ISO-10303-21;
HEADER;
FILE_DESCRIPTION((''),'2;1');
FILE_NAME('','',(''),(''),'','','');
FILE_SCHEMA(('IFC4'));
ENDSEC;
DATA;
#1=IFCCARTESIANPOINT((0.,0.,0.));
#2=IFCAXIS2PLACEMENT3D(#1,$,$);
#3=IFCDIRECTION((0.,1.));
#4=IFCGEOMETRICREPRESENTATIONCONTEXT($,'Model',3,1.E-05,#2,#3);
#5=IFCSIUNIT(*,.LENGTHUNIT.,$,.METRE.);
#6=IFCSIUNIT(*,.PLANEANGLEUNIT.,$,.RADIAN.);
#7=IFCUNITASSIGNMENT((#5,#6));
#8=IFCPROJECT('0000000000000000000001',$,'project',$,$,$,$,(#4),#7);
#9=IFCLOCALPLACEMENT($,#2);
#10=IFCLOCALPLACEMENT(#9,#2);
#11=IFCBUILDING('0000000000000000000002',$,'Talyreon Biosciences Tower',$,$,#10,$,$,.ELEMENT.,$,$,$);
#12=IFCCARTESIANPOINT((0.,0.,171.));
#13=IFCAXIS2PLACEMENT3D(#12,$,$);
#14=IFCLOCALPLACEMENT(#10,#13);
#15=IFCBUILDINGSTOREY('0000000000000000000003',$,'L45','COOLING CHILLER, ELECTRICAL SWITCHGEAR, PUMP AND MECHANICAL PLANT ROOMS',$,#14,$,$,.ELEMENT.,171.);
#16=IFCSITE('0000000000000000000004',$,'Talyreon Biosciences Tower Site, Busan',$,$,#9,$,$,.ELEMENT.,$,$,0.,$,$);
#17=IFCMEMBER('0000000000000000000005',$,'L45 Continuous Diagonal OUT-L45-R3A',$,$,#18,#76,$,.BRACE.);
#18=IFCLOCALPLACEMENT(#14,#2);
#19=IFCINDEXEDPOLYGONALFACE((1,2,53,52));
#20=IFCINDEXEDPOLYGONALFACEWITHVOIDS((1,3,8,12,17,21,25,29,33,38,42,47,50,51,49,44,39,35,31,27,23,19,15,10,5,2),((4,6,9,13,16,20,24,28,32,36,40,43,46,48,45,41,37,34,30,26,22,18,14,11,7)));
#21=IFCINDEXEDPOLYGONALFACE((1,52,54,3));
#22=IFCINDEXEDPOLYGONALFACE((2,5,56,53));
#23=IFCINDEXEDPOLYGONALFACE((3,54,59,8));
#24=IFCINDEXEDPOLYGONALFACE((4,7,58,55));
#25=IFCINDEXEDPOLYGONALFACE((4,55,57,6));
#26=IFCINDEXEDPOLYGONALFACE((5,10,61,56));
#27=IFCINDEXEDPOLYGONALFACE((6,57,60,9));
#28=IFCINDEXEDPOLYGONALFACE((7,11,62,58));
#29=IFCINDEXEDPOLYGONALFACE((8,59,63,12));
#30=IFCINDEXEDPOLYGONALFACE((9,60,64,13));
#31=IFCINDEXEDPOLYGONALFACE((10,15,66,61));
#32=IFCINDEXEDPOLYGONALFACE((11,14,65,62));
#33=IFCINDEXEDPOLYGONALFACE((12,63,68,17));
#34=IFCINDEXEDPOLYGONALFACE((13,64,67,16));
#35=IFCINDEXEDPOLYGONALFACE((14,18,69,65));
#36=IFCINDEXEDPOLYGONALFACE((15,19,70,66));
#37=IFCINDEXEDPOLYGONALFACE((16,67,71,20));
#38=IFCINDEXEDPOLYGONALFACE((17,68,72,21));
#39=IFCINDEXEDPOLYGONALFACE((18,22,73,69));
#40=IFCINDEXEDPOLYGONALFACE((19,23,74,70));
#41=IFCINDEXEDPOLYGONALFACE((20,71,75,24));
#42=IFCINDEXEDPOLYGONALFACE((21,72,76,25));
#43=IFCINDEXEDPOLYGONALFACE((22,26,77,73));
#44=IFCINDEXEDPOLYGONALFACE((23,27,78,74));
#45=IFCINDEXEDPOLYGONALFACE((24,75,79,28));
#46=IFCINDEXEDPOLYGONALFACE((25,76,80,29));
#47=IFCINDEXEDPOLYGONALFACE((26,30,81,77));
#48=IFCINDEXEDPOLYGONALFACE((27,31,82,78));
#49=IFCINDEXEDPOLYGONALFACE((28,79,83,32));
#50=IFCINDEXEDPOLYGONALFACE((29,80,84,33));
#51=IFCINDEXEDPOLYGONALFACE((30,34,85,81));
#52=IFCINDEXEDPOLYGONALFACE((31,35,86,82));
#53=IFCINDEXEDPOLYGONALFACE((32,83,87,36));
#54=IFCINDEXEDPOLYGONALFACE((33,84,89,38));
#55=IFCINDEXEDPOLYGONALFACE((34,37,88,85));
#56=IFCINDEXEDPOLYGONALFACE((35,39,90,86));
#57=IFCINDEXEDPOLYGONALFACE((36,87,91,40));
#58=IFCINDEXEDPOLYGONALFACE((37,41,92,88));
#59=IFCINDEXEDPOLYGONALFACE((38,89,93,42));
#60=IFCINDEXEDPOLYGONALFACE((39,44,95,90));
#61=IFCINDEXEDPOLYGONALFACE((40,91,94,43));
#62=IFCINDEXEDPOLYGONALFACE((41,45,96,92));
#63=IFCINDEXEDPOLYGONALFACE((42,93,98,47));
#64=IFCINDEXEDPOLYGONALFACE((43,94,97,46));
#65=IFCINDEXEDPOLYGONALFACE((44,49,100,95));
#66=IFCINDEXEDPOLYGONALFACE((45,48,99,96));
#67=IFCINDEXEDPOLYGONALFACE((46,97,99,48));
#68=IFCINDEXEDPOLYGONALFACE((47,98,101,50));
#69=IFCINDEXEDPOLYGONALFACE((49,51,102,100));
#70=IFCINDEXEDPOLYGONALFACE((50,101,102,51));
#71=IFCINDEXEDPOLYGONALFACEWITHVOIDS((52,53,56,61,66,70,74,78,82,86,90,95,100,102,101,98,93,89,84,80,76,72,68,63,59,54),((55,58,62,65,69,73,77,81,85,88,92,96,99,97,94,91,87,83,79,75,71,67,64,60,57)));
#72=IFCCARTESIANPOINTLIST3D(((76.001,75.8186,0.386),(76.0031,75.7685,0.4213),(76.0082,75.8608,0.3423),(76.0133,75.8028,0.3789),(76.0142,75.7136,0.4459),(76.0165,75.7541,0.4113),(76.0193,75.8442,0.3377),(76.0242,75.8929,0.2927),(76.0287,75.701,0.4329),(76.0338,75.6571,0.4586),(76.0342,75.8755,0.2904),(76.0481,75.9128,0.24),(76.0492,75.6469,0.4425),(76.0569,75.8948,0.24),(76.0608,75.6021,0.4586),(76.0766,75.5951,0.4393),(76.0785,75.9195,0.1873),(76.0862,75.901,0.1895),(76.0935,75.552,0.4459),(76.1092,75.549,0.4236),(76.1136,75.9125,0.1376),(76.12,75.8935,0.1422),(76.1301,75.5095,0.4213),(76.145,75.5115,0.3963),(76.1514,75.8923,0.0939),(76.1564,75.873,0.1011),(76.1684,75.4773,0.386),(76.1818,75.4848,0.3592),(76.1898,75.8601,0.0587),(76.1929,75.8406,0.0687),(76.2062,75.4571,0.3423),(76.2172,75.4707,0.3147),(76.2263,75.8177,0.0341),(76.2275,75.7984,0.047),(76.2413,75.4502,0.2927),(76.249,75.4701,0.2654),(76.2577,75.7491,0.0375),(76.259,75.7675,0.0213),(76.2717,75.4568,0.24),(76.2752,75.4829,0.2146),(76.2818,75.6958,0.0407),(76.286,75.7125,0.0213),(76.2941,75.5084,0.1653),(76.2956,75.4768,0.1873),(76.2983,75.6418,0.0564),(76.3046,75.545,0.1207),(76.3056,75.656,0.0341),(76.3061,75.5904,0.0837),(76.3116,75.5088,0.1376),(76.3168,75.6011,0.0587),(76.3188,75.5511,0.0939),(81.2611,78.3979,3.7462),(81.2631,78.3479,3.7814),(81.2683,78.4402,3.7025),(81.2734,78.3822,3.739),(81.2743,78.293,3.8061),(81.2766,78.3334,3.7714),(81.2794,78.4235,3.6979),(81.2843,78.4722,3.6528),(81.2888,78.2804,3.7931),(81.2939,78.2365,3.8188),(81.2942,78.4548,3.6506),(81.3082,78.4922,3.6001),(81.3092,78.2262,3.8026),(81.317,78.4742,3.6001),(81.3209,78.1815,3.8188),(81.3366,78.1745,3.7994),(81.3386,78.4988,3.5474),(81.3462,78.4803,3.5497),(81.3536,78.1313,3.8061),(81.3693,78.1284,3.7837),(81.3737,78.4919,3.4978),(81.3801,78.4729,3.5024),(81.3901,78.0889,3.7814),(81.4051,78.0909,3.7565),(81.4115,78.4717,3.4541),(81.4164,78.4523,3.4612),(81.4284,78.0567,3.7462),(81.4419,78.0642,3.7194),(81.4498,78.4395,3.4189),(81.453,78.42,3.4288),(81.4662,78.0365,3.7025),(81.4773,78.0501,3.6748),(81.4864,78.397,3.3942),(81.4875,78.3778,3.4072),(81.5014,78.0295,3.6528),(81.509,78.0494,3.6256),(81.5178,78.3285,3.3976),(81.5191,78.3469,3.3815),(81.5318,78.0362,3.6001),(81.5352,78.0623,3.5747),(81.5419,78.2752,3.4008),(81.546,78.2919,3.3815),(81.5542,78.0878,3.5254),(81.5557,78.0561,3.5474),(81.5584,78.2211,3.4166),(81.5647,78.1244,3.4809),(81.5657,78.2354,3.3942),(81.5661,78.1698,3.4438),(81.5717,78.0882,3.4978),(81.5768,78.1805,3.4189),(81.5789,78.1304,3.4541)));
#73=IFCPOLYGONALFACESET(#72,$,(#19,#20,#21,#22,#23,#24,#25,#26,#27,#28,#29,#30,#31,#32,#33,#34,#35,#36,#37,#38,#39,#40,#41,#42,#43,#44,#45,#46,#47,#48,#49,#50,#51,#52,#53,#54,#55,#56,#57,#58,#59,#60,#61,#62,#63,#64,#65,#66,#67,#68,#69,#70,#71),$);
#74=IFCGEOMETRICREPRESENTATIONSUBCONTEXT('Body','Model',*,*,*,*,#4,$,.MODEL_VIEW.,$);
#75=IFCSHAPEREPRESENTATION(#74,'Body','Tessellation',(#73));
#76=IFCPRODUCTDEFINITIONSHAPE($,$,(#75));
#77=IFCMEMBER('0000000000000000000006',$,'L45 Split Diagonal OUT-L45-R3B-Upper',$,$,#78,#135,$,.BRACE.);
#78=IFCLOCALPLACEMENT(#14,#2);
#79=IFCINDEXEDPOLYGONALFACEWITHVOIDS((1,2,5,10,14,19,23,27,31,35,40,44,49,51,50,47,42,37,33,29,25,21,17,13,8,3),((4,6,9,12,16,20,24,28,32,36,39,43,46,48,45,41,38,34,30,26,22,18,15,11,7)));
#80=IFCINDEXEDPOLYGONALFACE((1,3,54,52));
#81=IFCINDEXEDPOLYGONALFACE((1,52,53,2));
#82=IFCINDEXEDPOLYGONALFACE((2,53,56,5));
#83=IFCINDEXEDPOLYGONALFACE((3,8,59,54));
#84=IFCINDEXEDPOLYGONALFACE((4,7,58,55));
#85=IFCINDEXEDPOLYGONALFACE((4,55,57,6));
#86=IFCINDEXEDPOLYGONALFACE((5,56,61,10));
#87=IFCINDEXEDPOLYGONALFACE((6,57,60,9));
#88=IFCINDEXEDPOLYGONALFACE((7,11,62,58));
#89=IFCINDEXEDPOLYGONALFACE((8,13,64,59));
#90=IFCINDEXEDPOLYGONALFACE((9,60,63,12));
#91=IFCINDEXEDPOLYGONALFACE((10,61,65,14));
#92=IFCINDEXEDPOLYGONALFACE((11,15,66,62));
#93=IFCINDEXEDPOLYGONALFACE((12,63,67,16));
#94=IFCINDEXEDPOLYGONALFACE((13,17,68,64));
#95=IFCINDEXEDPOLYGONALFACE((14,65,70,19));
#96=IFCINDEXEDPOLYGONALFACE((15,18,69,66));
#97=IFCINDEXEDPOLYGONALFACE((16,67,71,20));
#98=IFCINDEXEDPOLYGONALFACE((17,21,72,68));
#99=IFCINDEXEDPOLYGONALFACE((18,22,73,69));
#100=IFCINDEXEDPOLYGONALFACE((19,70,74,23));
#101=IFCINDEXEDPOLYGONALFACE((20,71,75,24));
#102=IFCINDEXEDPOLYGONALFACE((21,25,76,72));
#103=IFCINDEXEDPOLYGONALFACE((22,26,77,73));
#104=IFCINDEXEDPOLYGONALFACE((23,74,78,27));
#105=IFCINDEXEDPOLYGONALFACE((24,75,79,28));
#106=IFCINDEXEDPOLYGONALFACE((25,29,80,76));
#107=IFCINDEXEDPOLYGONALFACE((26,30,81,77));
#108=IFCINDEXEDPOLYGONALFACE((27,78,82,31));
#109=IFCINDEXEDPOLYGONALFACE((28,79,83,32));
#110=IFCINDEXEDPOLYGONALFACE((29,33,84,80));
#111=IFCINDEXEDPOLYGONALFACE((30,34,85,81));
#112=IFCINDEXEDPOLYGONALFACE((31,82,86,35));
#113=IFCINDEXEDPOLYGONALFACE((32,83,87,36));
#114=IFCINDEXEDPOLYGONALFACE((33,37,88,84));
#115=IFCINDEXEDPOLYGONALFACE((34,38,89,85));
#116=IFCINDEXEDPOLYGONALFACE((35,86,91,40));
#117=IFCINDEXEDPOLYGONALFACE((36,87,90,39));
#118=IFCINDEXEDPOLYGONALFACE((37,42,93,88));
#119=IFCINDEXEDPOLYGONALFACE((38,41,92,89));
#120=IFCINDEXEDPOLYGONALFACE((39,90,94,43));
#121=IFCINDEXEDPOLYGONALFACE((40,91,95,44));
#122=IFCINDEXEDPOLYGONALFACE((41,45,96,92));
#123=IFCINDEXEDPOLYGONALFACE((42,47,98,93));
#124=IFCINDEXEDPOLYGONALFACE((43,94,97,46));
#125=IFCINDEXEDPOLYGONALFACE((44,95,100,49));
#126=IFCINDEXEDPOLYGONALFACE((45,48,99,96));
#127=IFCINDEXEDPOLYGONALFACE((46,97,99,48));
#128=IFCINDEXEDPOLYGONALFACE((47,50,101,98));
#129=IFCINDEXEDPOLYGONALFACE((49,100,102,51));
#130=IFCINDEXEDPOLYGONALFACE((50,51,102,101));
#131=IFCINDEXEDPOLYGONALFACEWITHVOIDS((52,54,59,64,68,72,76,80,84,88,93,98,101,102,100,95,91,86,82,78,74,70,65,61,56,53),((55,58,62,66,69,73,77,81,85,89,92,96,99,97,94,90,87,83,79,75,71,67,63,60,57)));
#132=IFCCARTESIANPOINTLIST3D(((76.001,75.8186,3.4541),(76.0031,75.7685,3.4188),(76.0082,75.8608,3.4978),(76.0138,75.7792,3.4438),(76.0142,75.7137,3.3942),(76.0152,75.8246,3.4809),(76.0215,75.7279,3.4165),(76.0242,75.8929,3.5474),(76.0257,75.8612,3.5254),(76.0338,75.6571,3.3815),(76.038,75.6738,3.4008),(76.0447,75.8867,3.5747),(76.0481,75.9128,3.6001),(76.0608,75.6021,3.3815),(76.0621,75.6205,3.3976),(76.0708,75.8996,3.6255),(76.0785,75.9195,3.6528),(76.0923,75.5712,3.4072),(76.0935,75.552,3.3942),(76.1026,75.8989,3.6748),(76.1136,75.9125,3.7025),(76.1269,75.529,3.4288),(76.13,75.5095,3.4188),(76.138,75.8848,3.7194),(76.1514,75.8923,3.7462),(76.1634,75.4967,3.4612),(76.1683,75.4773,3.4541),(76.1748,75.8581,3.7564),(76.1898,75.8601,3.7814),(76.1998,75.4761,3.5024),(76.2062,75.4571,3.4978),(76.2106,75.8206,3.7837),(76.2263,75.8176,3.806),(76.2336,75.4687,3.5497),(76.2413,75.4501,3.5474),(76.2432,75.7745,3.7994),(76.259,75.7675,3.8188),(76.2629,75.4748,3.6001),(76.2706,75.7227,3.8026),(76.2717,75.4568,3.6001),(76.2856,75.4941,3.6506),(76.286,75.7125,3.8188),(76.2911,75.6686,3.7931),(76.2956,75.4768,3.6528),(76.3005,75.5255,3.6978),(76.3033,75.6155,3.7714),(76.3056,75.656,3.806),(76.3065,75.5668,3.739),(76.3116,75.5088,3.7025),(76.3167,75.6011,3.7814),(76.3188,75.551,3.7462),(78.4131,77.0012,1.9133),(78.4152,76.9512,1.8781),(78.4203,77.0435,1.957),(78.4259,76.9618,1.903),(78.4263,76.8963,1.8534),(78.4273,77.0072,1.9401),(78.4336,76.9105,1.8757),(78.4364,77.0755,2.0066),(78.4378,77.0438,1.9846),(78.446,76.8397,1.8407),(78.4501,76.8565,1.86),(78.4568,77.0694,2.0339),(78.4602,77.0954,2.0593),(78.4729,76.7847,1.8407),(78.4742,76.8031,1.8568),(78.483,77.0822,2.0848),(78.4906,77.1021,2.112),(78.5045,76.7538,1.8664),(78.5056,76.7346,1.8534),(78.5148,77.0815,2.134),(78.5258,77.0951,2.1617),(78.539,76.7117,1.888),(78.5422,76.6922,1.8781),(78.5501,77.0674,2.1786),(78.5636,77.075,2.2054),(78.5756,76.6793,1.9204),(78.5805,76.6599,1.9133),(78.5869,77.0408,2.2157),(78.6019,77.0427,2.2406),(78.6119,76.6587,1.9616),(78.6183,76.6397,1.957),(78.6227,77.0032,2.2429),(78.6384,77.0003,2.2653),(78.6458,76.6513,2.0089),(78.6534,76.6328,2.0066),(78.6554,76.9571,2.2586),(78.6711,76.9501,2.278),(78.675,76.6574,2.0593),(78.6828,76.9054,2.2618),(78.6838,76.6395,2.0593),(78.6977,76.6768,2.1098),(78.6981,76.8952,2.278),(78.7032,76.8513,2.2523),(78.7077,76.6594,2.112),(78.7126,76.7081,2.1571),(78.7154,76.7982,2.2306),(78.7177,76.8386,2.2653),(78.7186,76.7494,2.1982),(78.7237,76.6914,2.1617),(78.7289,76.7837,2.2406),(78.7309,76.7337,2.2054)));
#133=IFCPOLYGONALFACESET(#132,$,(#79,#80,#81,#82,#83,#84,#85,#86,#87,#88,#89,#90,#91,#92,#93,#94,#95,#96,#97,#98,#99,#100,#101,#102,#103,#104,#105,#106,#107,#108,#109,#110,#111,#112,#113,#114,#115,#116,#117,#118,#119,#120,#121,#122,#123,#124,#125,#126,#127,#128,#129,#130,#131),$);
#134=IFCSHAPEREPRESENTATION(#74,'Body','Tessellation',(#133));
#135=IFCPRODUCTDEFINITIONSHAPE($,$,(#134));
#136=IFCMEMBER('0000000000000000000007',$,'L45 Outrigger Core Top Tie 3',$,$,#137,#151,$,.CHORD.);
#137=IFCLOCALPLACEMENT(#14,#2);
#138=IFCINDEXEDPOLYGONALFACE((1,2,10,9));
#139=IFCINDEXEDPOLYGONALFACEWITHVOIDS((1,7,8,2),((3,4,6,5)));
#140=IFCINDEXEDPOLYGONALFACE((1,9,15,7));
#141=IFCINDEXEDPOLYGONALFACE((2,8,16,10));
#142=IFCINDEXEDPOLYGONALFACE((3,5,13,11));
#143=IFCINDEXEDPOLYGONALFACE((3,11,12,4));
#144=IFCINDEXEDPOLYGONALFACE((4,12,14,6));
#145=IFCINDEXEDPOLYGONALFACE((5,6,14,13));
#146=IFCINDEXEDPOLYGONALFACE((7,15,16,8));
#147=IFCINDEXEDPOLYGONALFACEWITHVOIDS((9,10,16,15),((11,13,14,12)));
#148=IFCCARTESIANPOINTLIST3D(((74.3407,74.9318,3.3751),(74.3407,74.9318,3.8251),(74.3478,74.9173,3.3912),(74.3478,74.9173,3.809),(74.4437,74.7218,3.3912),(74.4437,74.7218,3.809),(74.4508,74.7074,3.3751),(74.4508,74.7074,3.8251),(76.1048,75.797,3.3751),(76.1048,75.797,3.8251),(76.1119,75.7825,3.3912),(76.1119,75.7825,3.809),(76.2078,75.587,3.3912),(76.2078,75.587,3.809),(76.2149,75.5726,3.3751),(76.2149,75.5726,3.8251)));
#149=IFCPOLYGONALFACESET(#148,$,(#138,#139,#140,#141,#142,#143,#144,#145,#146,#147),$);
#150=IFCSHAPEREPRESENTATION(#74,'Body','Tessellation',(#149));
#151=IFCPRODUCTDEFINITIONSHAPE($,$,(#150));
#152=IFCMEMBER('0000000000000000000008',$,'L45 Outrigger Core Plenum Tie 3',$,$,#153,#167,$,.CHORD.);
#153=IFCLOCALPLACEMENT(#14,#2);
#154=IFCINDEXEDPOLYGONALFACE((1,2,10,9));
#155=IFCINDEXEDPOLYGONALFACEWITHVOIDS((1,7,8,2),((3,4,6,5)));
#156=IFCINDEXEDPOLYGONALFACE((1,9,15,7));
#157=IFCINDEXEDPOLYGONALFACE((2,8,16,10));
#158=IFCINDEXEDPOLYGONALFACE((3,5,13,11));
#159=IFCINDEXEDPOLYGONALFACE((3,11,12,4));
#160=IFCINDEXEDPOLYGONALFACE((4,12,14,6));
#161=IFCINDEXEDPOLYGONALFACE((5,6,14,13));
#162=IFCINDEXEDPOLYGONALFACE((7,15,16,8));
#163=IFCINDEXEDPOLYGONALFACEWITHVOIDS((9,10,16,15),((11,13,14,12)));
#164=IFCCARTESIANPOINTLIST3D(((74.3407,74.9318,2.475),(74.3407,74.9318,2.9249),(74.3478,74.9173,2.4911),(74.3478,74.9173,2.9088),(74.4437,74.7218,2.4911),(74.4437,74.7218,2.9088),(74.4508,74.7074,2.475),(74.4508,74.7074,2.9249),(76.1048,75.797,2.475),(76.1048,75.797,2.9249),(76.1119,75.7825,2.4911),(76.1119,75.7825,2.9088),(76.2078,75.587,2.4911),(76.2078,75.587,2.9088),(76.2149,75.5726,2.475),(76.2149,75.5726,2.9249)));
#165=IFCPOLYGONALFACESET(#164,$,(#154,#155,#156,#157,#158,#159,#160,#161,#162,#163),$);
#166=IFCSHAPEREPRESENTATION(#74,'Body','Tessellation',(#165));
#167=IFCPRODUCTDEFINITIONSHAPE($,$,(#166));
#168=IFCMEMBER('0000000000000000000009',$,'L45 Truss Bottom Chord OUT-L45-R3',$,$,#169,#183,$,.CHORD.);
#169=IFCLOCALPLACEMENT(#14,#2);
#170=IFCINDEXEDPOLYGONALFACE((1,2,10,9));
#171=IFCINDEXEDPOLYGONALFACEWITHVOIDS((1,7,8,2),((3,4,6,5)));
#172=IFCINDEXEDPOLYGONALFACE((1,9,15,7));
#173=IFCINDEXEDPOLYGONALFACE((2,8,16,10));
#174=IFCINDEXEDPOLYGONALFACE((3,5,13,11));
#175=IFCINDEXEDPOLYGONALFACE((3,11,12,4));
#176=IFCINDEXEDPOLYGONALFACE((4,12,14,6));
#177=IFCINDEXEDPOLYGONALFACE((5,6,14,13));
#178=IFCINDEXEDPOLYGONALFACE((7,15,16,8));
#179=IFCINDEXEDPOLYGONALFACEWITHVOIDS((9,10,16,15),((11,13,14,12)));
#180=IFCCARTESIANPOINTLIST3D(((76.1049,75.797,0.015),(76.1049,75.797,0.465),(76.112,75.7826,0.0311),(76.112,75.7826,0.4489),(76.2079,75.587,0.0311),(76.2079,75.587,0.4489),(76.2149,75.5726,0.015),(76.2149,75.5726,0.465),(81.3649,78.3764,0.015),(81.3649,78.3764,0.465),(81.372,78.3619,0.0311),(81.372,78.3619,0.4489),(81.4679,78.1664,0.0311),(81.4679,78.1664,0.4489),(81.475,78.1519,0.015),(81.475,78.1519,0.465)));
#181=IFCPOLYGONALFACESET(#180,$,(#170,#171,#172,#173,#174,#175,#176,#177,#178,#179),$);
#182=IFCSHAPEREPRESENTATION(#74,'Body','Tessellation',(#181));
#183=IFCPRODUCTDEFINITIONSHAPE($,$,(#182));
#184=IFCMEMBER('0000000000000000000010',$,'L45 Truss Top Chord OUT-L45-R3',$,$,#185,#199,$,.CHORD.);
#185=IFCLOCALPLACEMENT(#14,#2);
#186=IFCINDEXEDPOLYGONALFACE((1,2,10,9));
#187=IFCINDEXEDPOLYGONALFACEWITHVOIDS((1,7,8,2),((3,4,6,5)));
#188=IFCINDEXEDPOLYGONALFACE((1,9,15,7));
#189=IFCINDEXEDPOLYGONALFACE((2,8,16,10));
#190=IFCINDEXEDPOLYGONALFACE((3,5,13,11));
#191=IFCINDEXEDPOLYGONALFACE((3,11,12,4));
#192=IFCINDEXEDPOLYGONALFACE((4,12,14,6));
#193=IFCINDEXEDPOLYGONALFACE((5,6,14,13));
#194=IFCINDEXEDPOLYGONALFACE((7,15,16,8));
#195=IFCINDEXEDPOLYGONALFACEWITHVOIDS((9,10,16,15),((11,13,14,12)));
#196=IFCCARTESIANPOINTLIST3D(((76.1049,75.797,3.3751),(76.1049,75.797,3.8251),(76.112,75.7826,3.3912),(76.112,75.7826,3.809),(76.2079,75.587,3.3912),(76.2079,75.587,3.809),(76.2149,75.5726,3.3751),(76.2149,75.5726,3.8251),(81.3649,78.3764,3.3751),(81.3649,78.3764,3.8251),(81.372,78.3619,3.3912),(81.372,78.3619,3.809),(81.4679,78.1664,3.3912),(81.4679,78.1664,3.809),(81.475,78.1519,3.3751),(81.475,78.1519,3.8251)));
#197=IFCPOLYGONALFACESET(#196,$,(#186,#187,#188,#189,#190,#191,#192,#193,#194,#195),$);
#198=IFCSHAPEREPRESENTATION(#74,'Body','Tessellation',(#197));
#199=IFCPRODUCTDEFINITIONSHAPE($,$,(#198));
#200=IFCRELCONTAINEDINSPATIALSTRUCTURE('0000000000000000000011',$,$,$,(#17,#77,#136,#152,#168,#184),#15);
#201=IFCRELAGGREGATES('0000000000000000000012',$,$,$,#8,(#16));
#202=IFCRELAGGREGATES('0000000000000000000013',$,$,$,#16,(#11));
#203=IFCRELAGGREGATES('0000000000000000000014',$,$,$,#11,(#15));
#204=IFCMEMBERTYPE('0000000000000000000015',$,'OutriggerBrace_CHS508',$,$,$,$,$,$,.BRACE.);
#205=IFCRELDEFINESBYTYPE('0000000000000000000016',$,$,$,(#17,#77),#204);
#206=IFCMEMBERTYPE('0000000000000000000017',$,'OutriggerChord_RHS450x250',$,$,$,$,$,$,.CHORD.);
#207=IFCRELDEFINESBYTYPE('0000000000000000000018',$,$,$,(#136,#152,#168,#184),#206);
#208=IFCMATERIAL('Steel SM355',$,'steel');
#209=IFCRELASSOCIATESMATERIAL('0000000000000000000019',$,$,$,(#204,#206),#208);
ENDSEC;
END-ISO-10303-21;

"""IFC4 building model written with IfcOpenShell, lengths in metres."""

from ifc_helpers import new_model, si_unit, direction, frame, origin, origin_2d, place, context, subcontext, project, spatial, hollow_rectangle, hollow_circle, extrude, material, material_profile, profile_set, type_object, element, save


model = new_model("IFC4")

# Units and contexts
model_context = context("Model", 3, precision=1e-05, world=origin(), true_north=direction((0.0, 1.0)))
body_context = subcontext(model_context, "Body", "Model", "MODEL_VIEW")
ifc_project = project(units=[si_unit("LENGTHUNIT", "METRE"), si_unit("PLANEANGLEUNIT", "RADIAN")], contexts=[model_context])

# Site, building, storey
site_placement = place(None, origin())
site = spatial("IfcSite", under=ifc_project, at=site_placement, Name="Talyreon Biosciences Tower Site, Busan", CompositionType="ELEMENT", RefElevation=0.0)
building_placement = place(site_placement, origin())
building = spatial("IfcBuilding", under=site, at=building_placement, Name="Talyreon Biosciences Tower", CompositionType="ELEMENT")
storey_placement = place(building_placement, frame((0.0, 0.0, 171.0)))
storey = spatial("IfcBuildingStorey", under=building, at=storey_placement, Name="L45", Description="COOLING CHILLER, ELECTRICAL SWITCHGEAR, PUMP AND MECHANICAL PLANT ROOMS", CompositionType="ELEMENT", Elevation=171.0)

# Shared definitions
ifc_material_1 = material(Name="Steel SM355", Category="steel")

# Members
ifc_material_profile_1 = material_profile(ifc_material_1, hollow_circle(Radius=0.2539, WallThickness=0.02, at=origin_2d()), Name="CHS 508x20")
ifc_profile_set_1 = profile_set([ifc_material_profile_1], Name="Steel SM355")
member_type_1 = type_object("IfcMemberType", Name="OutriggerBrace_CHS508", PredefinedType="BRACE", material=ifc_profile_set_1)
member_1_placement = place(storey_placement, frame((76.1599, 75.6848, 0.24), z_axis=(0.778846, 0.381922, 0.497529), x_axis=(-0.440282, 0.897859, 0.0)))
element("IfcMember", 1, at=member_1_placement, inside=storey, type_object=member_type_1, Name="L45 Continuous Diagonal OUT-L45-R3A", PredefinedType="BRACE", context=body_context, shape_type="SweptSolid", body=[
    extrude(hollow_circle(Radius=0.2539, WallThickness=0.02, at=origin_2d()), origin(), (0.0, 0.0, 1.0), 6.7537),
])
member_2_placement = place(storey_placement, frame((78.572, 76.8674, 2.0593), z_axis=(-0.778877, -0.38187, 0.497519), x_axis=(0.44022, -0.89789, 0.0)))
element("IfcMember", 2, at=member_2_placement, inside=storey, type_object=member_type_1, Name="L45 Split Diagonal OUT-L45-R3B-Upper", PredefinedType="BRACE", context=body_context, shape_type="SweptSolid", body=[
    extrude(hollow_circle(Radius=0.2539, WallThickness=0.02, at=origin_2d()), origin(), (0.0, 0.0, 1.0), 3.0969),
])
ifc_material_profile_2 = material_profile(ifc_material_1, hollow_rectangle(XDim=0.25, YDim=0.45, WallThickness=0.0161, at=origin_2d()), Name="RHS 450x250x16")
ifc_profile_set_2 = profile_set([ifc_material_profile_2], Name="Steel SM355")
member_type_2 = type_object("IfcMemberType", Name="OutriggerChord_RHS450x250", PredefinedType="CHORD", material=ifc_profile_set_2)
for number, where, z_axis, x_axis, name in (
    (3, (74.3958, 74.8196, 3.6001), (0.89783, 0.440342, 0.0), (-0.440342, 0.89783, 0.0), "L45 Outrigger Core Top Tie 3"),
    (4, (74.3958, 74.8196, 2.7), (0.89783, 0.440342, 0.0), (-0.440342, 0.89783, 0.0), "L45 Outrigger Core Plenum Tie 3"),
):
    element("IfcMember", number, at=place(storey_placement, frame(where, z_axis=z_axis, x_axis=x_axis)), inside=storey, type_object=member_type_2, Name=name, PredefinedType="CHORD", context=body_context, shape_type="SweptSolid", body=[
        extrude(hollow_rectangle(XDim=0.25, YDim=0.45, WallThickness=0.0161, at=origin_2d()), origin(), (0.0, 0.0, 1.0), 1.9648),
    ])
for number, where, z_axis, x_axis, name in (
    (5, (76.1599, 75.6848, 0.24), (0.897859, 0.440282, 0.0), (-0.440282, 0.897859, 0.0), "L45 Truss Bottom Chord OUT-L45-R3"),
    (6, (76.1599, 75.6848, 3.6001), (0.897859, 0.440282, 0.0), (-0.440282, 0.897859, 0.0), "L45 Truss Top Chord OUT-L45-R3"),
):
    element("IfcMember", number, at=place(storey_placement, frame(where, z_axis=z_axis, x_axis=x_axis)), inside=storey, type_object=member_type_2, Name=name, PredefinedType="CHORD", context=body_context, shape_type="SweptSolid", body=[
        extrude(hollow_rectangle(XDim=0.25, YDim=0.45, WallThickness=0.0161, at=origin_2d()), origin(), (0.0, 0.0, 1.0), 5.8584),
    ])

save(model, "model.ifc")
